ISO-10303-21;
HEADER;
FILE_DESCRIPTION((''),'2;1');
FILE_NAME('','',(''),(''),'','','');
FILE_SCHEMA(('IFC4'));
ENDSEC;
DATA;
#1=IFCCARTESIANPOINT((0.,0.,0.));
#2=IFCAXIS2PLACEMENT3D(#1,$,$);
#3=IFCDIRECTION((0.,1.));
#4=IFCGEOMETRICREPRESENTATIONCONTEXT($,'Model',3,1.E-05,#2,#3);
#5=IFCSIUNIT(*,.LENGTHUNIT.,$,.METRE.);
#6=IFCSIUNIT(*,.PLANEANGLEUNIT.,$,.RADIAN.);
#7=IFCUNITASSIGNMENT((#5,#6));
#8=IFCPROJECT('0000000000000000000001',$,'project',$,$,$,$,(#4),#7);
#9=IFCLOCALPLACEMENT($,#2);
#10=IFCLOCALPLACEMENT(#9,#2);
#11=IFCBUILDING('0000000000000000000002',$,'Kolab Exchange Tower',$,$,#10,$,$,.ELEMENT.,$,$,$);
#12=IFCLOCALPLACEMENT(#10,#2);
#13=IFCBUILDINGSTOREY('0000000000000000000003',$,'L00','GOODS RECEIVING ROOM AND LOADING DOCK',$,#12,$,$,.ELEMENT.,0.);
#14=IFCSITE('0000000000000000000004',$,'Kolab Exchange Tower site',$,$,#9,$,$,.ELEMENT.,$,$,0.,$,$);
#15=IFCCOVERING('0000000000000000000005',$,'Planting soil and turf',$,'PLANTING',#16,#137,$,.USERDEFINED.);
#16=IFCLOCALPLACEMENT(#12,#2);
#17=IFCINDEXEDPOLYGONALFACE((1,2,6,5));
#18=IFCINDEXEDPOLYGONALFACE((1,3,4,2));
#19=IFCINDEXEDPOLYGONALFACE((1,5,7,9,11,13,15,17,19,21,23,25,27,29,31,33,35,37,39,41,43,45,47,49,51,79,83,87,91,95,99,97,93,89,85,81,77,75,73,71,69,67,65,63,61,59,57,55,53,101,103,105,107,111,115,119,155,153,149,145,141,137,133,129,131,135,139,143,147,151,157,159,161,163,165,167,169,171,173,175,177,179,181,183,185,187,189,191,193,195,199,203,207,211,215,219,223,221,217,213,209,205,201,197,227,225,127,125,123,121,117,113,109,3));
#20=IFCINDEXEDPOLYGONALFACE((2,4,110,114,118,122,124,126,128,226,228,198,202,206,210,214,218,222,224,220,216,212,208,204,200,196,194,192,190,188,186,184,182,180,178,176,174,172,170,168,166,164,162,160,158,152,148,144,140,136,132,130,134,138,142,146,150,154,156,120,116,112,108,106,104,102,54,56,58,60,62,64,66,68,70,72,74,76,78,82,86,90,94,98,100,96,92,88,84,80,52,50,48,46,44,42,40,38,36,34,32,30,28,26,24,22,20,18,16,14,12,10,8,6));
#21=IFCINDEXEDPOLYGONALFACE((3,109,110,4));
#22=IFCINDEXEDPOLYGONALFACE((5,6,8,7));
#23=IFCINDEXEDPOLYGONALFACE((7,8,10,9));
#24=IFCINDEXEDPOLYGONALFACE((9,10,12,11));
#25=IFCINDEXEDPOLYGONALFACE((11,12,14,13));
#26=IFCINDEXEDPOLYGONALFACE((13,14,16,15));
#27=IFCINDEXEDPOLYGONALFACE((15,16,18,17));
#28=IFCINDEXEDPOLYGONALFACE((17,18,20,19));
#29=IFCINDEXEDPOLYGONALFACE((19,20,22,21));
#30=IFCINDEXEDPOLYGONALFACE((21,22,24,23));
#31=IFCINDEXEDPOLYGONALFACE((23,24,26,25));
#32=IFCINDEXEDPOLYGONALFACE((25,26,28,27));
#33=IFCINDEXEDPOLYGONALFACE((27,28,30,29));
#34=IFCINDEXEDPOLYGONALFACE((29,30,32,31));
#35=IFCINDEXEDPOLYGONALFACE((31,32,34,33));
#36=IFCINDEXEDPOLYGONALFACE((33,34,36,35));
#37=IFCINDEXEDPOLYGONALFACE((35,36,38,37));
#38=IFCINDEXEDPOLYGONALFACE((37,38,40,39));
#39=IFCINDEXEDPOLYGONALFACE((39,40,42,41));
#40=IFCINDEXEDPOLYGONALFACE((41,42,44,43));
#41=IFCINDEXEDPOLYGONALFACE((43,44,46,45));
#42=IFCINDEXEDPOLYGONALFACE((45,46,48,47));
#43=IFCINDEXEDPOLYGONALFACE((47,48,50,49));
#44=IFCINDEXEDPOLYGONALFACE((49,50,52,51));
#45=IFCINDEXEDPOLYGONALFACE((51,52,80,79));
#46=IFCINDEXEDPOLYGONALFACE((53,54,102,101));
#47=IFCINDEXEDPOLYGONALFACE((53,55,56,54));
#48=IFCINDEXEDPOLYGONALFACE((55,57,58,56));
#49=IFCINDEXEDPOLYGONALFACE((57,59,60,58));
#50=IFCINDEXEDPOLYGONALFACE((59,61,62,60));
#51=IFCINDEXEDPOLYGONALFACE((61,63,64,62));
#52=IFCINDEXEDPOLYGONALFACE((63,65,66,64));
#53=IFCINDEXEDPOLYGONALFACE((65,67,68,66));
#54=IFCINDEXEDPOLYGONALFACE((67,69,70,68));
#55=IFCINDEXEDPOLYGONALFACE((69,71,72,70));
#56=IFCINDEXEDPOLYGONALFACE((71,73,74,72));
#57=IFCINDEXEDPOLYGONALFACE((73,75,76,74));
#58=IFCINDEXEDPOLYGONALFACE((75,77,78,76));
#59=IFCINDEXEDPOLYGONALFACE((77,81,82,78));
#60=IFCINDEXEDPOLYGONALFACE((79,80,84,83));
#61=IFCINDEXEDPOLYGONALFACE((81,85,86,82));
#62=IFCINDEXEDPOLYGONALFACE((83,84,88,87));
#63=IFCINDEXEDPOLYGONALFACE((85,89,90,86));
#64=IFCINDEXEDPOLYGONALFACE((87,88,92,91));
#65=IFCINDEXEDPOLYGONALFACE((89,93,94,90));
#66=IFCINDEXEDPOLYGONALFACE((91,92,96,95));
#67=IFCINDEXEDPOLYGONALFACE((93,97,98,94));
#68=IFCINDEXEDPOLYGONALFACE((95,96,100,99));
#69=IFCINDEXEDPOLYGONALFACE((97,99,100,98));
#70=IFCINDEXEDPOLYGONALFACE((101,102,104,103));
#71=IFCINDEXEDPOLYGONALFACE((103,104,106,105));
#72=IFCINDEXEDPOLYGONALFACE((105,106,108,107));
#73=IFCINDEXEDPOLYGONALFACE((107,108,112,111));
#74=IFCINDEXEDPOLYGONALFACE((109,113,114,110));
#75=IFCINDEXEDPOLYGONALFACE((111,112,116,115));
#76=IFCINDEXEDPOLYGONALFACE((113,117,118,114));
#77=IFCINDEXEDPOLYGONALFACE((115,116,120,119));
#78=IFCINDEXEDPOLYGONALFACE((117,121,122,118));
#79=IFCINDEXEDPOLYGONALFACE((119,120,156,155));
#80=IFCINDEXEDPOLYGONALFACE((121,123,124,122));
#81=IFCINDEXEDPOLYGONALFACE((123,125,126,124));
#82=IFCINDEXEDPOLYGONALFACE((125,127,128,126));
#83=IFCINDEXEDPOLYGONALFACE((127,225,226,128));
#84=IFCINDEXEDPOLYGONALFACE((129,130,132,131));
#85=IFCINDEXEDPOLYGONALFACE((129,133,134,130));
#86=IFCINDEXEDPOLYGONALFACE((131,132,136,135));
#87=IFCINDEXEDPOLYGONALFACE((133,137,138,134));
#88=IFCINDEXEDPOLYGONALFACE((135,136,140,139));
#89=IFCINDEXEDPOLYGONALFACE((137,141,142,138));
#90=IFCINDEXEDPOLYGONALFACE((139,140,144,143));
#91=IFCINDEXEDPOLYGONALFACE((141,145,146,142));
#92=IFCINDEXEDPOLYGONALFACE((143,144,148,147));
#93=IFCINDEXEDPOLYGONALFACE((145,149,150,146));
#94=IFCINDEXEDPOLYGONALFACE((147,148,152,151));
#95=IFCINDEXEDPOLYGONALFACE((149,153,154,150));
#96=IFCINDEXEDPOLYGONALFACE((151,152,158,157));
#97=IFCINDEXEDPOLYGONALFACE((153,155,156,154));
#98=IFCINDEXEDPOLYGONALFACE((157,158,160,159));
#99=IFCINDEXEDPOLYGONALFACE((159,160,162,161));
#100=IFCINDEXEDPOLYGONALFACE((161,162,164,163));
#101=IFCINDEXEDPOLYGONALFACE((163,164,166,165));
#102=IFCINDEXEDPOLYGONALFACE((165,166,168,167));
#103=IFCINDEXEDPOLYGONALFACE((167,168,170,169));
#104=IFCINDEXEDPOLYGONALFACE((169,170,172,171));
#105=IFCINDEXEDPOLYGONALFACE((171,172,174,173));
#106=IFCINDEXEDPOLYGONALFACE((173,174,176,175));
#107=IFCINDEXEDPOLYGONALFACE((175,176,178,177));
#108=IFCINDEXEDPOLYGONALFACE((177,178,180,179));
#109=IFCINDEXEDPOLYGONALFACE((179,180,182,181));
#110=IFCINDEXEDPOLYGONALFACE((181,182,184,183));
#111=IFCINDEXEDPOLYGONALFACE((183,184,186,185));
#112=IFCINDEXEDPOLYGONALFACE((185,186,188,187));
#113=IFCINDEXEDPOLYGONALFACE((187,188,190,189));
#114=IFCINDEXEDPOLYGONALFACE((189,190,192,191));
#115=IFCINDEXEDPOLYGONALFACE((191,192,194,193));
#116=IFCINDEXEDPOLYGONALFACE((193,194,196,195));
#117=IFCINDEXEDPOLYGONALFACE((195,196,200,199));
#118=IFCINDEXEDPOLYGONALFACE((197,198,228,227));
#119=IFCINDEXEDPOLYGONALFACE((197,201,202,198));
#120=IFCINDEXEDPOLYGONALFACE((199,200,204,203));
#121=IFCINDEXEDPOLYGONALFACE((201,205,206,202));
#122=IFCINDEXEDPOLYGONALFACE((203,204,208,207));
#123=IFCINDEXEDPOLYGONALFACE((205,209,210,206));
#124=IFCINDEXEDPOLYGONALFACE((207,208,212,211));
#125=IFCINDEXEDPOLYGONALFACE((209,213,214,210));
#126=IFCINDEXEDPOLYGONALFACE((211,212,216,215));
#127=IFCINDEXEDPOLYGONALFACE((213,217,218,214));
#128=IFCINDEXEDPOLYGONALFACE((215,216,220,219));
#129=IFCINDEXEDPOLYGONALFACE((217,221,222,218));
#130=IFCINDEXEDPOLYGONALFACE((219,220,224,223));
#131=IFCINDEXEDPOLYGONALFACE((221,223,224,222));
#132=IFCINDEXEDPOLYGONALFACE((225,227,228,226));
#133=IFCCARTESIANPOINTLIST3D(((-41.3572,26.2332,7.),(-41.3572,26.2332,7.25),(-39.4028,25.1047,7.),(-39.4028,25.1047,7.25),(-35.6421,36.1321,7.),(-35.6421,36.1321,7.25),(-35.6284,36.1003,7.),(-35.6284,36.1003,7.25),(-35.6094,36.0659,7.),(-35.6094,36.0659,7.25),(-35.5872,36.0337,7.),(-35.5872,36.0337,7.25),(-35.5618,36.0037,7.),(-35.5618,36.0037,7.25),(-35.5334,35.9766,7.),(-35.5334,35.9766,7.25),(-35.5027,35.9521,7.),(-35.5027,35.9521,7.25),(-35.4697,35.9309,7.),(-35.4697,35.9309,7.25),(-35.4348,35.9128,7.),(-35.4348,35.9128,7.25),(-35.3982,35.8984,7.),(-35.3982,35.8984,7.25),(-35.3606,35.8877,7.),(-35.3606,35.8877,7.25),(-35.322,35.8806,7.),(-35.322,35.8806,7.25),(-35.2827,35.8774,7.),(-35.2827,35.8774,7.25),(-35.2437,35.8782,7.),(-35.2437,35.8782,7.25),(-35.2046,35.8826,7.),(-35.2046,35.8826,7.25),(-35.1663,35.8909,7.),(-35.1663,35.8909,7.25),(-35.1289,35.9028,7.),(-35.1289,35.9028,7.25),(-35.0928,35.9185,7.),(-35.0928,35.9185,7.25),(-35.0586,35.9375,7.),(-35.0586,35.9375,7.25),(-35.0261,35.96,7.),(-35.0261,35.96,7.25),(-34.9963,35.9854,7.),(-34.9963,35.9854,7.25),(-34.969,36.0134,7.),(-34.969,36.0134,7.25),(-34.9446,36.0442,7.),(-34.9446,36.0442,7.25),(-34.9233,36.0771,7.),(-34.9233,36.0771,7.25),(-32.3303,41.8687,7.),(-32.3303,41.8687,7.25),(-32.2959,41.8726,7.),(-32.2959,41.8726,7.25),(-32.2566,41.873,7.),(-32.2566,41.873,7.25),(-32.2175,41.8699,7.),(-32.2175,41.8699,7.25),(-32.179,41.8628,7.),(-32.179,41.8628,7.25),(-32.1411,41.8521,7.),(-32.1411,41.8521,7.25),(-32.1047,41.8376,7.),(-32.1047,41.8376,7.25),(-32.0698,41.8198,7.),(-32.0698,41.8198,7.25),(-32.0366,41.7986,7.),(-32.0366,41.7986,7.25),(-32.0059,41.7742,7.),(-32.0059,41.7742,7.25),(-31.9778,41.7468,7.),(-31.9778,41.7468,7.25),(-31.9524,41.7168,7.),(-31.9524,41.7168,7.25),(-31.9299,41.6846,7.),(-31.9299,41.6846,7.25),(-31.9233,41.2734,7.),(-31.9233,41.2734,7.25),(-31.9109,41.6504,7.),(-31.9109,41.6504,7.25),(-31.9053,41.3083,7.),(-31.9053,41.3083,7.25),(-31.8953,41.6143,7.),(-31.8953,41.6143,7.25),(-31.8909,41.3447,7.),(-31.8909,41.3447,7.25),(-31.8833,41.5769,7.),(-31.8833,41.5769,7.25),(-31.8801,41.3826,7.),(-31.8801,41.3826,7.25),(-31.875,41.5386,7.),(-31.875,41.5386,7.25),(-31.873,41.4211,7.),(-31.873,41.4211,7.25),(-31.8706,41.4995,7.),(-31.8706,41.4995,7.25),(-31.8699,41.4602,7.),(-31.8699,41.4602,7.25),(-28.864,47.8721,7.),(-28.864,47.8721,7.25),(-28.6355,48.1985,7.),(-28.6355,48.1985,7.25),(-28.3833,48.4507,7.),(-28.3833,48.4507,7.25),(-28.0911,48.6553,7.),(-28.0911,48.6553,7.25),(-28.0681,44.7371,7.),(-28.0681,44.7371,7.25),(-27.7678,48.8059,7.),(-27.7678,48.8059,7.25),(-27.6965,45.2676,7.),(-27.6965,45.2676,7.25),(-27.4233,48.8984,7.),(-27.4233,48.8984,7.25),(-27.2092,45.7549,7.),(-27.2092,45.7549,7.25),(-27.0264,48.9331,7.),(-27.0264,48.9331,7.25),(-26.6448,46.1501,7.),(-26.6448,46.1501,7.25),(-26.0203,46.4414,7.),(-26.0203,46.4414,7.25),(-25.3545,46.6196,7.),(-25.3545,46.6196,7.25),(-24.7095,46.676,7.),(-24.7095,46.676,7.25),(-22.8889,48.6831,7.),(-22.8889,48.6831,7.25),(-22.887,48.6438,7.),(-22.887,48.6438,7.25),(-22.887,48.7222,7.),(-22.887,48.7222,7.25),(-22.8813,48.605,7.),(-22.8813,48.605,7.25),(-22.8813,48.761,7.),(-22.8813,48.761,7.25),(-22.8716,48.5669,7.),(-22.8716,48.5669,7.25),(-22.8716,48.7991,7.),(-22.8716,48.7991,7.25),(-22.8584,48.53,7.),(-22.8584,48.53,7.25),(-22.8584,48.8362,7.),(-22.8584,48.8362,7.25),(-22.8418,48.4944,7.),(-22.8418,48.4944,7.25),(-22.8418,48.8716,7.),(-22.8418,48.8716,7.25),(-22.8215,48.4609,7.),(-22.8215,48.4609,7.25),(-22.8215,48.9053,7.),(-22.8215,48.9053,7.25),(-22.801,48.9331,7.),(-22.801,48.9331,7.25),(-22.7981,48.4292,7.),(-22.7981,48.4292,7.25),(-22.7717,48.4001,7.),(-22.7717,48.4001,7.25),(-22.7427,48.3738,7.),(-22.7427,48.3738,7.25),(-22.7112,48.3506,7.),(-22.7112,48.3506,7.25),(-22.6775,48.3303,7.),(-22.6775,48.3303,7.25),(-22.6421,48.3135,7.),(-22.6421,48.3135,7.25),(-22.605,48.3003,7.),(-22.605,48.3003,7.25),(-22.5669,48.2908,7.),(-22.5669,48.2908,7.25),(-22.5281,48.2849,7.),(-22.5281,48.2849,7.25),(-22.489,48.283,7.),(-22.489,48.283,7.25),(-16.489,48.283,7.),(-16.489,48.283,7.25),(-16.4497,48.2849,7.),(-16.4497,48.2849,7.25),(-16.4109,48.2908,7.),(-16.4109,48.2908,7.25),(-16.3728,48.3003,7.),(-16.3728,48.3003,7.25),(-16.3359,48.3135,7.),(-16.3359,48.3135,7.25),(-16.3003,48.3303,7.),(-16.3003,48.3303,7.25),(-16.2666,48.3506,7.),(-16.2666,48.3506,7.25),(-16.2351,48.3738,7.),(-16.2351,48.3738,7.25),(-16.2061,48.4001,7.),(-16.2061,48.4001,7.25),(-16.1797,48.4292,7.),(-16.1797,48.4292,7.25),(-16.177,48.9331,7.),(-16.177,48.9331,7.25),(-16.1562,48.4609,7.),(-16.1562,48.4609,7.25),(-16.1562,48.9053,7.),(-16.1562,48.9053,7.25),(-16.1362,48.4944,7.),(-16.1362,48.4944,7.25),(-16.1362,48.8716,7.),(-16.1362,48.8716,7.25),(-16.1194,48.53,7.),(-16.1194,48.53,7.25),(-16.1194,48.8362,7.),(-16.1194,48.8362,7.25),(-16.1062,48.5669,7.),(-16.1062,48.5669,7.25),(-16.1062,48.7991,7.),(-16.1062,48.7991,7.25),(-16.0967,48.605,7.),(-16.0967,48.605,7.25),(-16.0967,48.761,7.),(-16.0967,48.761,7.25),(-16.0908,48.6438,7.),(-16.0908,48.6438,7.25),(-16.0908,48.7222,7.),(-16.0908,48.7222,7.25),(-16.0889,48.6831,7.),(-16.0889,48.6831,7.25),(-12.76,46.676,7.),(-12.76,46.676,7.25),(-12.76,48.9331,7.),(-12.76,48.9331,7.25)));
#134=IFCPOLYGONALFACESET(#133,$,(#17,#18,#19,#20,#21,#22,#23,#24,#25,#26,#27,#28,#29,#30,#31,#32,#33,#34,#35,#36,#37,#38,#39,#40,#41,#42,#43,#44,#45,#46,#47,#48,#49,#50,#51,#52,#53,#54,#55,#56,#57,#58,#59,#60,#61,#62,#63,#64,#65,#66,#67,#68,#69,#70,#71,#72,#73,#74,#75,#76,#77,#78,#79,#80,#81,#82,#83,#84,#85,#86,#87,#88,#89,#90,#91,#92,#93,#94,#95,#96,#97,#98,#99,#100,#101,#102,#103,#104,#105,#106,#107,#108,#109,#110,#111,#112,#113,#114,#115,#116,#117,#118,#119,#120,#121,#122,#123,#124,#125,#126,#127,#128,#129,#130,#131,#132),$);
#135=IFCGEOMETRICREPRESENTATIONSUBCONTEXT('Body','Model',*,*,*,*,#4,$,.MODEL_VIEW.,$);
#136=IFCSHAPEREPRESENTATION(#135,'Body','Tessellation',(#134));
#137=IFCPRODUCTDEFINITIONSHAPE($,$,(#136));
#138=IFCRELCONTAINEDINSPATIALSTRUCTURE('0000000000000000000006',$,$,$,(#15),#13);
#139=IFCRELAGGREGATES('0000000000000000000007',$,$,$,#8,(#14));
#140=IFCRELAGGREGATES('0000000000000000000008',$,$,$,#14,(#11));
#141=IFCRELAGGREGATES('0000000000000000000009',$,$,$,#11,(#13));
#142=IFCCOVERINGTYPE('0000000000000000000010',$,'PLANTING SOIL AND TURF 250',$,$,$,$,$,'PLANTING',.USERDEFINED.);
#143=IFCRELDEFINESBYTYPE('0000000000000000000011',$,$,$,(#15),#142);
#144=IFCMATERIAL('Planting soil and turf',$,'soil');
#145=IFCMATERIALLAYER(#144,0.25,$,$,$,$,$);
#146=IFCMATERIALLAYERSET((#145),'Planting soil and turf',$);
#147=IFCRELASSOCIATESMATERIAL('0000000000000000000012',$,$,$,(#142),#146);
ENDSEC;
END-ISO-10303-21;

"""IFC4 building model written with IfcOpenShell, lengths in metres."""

from ifc_helpers import new_model, si_unit, direction, frame, origin, place, context, subcontext, project, spatial, polyline, outline, extrude, material, layer, layer_set, type_object, element, save


model = new_model("IFC4")

# Units and contexts
model_context = context("Model", 3, precision=1e-05, world=origin(), true_north=direction((0.0, 1.0)))
body_context = subcontext(model_context, "Body", "Model", "MODEL_VIEW")
ifc_project = project(units=[si_unit("LENGTHUNIT", "METRE"), si_unit("PLANEANGLEUNIT", "RADIAN")], contexts=[model_context])

# Site, building, storey
site_placement = place(None, origin())
site = spatial("IfcSite", under=ifc_project, at=site_placement, Name="Kolab Exchange Tower site", CompositionType="ELEMENT", RefElevation=0.0)
building_placement = place(site_placement, origin())
building = spatial("IfcBuilding", under=site, at=building_placement, Name="Kolab Exchange Tower", CompositionType="ELEMENT")
storey_placement = place(building_placement, origin())
storey = spatial("IfcBuildingStorey", under=building, at=storey_placement, Name="L00", Description="GOODS RECEIVING ROOM AND LOADING DOCK", CompositionType="ELEMENT", Elevation=0.0)

# Covering
ifc_material_1 = material(Name="Planting soil and turf", Category="soil")
ifc_layer_1 = layer(ifc_material_1, 0.25)
ifc_layer_set_1 = layer_set([ifc_layer_1], Name="Planting soil and turf")
covering_type_1 = type_object("IfcCoveringType", Name="PLANTING SOIL AND TURF 250", ElementType="PLANTING", PredefinedType="USERDEFINED", material=ifc_layer_set_1)
covering_1_placement = place(storey_placement, frame((0.0, 0.0, 7.0)))
element("IfcCovering", 1, at=covering_1_placement, inside=storey, type_object=covering_type_1, Name="Planting soil and turf", ObjectType="PLANTING", PredefinedType="USERDEFINED", context=body_context, shape_type="SweptSolid", body=[
    extrude(outline(polyline([(-35.6421, 36.1321), (-35.6284, 36.1003), (-35.6094, 36.0659), (-35.5872, 36.0337), (-35.5618, 36.0037), (-35.5334, 35.9766), (-35.5027, 35.9521), (-35.4697, 35.9309), (-35.4348, 35.9128), (-35.3982, 35.8984), (-35.3606, 35.8877), (-35.322, 35.8806), (-35.2827, 35.8774), (-35.2437, 35.8782), (-35.2046, 35.8826), (-35.1663, 35.8909), (-35.1289, 35.9028), (-35.0928, 35.9185), (-35.0586, 35.9375), (-35.0261, 35.96), (-34.9963, 35.9854), (-34.969, 36.0134), (-34.9446, 36.0442), (-34.9233, 36.0771), (-31.9233, 41.2734), (-31.9053, 41.3083), (-31.8909, 41.3447), (-31.8801, 41.3826), (-31.873, 41.4211), (-31.8699, 41.4602), (-31.8706, 41.4995), (-31.875, 41.5386), (-31.8833, 41.5769), (-31.8953, 41.6143), (-31.9109, 41.6504), (-31.9299, 41.6846), (-31.9524, 41.7168), (-31.9778, 41.7468), (-32.0059, 41.7742), (-32.0366, 41.7986), (-32.0698, 41.8198), (-32.1047, 41.8376), (-32.1411, 41.8521), (-32.179, 41.8628), (-32.2175, 41.8699), (-32.2566, 41.873), (-32.2959, 41.8726), (-32.3303, 41.8687), (-28.864, 47.8721), (-28.6355, 48.1985), (-28.3833, 48.4507), (-28.0911, 48.6553), (-27.7678, 48.8059), (-27.4233, 48.8984), (-27.0264, 48.9331), (-22.801, 48.9331), (-22.8215, 48.9053), (-22.8418, 48.8716), (-22.8584, 48.8362), (-22.8716, 48.7991), (-22.8813, 48.761), (-22.887, 48.7222), (-22.8889, 48.6831), (-22.887, 48.6438), (-22.8813, 48.605), (-22.8716, 48.5669), (-22.8584, 48.53), (-22.8418, 48.4944), (-22.8215, 48.4609), (-22.7981, 48.4292), (-22.7717, 48.4001), (-22.7427, 48.3738), (-22.7112, 48.3506), (-22.6775, 48.3303), (-22.6421, 48.3135), (-22.605, 48.3003), (-22.5669, 48.2908), (-22.5281, 48.2849), (-22.489, 48.283), (-16.489, 48.283), (-16.4497, 48.2849), (-16.4109, 48.2908), (-16.3728, 48.3003), (-16.3359, 48.3135), (-16.3003, 48.3303), (-16.2666, 48.3506), (-16.2351, 48.3738), (-16.2061, 48.4001), (-16.1797, 48.4292), (-16.1562, 48.4609), (-16.1362, 48.4944), (-16.1194, 48.53), (-16.1062, 48.5669), (-16.0967, 48.605), (-16.0908, 48.6438), (-16.0889, 48.6831), (-16.0908, 48.7222), (-16.0967, 48.761), (-16.1062, 48.7991), (-16.1194, 48.8362), (-16.1362, 48.8716), (-16.1562, 48.9053), (-16.177, 48.9331), (-12.76, 48.9331), (-12.76, 46.676), (-24.7095, 46.676), (-25.3545, 46.6196), (-26.0203, 46.4414), (-26.6448, 46.1501), (-27.2092, 45.7549), (-27.6965, 45.2676), (-28.0681, 44.7371), (-39.4028, 25.1047), (-41.3572, 26.2332), (-35.6421, 36.1321)])), origin(), (0.0, 0.0, 1.0), 0.25),
])

save(model, "model.ifc")
